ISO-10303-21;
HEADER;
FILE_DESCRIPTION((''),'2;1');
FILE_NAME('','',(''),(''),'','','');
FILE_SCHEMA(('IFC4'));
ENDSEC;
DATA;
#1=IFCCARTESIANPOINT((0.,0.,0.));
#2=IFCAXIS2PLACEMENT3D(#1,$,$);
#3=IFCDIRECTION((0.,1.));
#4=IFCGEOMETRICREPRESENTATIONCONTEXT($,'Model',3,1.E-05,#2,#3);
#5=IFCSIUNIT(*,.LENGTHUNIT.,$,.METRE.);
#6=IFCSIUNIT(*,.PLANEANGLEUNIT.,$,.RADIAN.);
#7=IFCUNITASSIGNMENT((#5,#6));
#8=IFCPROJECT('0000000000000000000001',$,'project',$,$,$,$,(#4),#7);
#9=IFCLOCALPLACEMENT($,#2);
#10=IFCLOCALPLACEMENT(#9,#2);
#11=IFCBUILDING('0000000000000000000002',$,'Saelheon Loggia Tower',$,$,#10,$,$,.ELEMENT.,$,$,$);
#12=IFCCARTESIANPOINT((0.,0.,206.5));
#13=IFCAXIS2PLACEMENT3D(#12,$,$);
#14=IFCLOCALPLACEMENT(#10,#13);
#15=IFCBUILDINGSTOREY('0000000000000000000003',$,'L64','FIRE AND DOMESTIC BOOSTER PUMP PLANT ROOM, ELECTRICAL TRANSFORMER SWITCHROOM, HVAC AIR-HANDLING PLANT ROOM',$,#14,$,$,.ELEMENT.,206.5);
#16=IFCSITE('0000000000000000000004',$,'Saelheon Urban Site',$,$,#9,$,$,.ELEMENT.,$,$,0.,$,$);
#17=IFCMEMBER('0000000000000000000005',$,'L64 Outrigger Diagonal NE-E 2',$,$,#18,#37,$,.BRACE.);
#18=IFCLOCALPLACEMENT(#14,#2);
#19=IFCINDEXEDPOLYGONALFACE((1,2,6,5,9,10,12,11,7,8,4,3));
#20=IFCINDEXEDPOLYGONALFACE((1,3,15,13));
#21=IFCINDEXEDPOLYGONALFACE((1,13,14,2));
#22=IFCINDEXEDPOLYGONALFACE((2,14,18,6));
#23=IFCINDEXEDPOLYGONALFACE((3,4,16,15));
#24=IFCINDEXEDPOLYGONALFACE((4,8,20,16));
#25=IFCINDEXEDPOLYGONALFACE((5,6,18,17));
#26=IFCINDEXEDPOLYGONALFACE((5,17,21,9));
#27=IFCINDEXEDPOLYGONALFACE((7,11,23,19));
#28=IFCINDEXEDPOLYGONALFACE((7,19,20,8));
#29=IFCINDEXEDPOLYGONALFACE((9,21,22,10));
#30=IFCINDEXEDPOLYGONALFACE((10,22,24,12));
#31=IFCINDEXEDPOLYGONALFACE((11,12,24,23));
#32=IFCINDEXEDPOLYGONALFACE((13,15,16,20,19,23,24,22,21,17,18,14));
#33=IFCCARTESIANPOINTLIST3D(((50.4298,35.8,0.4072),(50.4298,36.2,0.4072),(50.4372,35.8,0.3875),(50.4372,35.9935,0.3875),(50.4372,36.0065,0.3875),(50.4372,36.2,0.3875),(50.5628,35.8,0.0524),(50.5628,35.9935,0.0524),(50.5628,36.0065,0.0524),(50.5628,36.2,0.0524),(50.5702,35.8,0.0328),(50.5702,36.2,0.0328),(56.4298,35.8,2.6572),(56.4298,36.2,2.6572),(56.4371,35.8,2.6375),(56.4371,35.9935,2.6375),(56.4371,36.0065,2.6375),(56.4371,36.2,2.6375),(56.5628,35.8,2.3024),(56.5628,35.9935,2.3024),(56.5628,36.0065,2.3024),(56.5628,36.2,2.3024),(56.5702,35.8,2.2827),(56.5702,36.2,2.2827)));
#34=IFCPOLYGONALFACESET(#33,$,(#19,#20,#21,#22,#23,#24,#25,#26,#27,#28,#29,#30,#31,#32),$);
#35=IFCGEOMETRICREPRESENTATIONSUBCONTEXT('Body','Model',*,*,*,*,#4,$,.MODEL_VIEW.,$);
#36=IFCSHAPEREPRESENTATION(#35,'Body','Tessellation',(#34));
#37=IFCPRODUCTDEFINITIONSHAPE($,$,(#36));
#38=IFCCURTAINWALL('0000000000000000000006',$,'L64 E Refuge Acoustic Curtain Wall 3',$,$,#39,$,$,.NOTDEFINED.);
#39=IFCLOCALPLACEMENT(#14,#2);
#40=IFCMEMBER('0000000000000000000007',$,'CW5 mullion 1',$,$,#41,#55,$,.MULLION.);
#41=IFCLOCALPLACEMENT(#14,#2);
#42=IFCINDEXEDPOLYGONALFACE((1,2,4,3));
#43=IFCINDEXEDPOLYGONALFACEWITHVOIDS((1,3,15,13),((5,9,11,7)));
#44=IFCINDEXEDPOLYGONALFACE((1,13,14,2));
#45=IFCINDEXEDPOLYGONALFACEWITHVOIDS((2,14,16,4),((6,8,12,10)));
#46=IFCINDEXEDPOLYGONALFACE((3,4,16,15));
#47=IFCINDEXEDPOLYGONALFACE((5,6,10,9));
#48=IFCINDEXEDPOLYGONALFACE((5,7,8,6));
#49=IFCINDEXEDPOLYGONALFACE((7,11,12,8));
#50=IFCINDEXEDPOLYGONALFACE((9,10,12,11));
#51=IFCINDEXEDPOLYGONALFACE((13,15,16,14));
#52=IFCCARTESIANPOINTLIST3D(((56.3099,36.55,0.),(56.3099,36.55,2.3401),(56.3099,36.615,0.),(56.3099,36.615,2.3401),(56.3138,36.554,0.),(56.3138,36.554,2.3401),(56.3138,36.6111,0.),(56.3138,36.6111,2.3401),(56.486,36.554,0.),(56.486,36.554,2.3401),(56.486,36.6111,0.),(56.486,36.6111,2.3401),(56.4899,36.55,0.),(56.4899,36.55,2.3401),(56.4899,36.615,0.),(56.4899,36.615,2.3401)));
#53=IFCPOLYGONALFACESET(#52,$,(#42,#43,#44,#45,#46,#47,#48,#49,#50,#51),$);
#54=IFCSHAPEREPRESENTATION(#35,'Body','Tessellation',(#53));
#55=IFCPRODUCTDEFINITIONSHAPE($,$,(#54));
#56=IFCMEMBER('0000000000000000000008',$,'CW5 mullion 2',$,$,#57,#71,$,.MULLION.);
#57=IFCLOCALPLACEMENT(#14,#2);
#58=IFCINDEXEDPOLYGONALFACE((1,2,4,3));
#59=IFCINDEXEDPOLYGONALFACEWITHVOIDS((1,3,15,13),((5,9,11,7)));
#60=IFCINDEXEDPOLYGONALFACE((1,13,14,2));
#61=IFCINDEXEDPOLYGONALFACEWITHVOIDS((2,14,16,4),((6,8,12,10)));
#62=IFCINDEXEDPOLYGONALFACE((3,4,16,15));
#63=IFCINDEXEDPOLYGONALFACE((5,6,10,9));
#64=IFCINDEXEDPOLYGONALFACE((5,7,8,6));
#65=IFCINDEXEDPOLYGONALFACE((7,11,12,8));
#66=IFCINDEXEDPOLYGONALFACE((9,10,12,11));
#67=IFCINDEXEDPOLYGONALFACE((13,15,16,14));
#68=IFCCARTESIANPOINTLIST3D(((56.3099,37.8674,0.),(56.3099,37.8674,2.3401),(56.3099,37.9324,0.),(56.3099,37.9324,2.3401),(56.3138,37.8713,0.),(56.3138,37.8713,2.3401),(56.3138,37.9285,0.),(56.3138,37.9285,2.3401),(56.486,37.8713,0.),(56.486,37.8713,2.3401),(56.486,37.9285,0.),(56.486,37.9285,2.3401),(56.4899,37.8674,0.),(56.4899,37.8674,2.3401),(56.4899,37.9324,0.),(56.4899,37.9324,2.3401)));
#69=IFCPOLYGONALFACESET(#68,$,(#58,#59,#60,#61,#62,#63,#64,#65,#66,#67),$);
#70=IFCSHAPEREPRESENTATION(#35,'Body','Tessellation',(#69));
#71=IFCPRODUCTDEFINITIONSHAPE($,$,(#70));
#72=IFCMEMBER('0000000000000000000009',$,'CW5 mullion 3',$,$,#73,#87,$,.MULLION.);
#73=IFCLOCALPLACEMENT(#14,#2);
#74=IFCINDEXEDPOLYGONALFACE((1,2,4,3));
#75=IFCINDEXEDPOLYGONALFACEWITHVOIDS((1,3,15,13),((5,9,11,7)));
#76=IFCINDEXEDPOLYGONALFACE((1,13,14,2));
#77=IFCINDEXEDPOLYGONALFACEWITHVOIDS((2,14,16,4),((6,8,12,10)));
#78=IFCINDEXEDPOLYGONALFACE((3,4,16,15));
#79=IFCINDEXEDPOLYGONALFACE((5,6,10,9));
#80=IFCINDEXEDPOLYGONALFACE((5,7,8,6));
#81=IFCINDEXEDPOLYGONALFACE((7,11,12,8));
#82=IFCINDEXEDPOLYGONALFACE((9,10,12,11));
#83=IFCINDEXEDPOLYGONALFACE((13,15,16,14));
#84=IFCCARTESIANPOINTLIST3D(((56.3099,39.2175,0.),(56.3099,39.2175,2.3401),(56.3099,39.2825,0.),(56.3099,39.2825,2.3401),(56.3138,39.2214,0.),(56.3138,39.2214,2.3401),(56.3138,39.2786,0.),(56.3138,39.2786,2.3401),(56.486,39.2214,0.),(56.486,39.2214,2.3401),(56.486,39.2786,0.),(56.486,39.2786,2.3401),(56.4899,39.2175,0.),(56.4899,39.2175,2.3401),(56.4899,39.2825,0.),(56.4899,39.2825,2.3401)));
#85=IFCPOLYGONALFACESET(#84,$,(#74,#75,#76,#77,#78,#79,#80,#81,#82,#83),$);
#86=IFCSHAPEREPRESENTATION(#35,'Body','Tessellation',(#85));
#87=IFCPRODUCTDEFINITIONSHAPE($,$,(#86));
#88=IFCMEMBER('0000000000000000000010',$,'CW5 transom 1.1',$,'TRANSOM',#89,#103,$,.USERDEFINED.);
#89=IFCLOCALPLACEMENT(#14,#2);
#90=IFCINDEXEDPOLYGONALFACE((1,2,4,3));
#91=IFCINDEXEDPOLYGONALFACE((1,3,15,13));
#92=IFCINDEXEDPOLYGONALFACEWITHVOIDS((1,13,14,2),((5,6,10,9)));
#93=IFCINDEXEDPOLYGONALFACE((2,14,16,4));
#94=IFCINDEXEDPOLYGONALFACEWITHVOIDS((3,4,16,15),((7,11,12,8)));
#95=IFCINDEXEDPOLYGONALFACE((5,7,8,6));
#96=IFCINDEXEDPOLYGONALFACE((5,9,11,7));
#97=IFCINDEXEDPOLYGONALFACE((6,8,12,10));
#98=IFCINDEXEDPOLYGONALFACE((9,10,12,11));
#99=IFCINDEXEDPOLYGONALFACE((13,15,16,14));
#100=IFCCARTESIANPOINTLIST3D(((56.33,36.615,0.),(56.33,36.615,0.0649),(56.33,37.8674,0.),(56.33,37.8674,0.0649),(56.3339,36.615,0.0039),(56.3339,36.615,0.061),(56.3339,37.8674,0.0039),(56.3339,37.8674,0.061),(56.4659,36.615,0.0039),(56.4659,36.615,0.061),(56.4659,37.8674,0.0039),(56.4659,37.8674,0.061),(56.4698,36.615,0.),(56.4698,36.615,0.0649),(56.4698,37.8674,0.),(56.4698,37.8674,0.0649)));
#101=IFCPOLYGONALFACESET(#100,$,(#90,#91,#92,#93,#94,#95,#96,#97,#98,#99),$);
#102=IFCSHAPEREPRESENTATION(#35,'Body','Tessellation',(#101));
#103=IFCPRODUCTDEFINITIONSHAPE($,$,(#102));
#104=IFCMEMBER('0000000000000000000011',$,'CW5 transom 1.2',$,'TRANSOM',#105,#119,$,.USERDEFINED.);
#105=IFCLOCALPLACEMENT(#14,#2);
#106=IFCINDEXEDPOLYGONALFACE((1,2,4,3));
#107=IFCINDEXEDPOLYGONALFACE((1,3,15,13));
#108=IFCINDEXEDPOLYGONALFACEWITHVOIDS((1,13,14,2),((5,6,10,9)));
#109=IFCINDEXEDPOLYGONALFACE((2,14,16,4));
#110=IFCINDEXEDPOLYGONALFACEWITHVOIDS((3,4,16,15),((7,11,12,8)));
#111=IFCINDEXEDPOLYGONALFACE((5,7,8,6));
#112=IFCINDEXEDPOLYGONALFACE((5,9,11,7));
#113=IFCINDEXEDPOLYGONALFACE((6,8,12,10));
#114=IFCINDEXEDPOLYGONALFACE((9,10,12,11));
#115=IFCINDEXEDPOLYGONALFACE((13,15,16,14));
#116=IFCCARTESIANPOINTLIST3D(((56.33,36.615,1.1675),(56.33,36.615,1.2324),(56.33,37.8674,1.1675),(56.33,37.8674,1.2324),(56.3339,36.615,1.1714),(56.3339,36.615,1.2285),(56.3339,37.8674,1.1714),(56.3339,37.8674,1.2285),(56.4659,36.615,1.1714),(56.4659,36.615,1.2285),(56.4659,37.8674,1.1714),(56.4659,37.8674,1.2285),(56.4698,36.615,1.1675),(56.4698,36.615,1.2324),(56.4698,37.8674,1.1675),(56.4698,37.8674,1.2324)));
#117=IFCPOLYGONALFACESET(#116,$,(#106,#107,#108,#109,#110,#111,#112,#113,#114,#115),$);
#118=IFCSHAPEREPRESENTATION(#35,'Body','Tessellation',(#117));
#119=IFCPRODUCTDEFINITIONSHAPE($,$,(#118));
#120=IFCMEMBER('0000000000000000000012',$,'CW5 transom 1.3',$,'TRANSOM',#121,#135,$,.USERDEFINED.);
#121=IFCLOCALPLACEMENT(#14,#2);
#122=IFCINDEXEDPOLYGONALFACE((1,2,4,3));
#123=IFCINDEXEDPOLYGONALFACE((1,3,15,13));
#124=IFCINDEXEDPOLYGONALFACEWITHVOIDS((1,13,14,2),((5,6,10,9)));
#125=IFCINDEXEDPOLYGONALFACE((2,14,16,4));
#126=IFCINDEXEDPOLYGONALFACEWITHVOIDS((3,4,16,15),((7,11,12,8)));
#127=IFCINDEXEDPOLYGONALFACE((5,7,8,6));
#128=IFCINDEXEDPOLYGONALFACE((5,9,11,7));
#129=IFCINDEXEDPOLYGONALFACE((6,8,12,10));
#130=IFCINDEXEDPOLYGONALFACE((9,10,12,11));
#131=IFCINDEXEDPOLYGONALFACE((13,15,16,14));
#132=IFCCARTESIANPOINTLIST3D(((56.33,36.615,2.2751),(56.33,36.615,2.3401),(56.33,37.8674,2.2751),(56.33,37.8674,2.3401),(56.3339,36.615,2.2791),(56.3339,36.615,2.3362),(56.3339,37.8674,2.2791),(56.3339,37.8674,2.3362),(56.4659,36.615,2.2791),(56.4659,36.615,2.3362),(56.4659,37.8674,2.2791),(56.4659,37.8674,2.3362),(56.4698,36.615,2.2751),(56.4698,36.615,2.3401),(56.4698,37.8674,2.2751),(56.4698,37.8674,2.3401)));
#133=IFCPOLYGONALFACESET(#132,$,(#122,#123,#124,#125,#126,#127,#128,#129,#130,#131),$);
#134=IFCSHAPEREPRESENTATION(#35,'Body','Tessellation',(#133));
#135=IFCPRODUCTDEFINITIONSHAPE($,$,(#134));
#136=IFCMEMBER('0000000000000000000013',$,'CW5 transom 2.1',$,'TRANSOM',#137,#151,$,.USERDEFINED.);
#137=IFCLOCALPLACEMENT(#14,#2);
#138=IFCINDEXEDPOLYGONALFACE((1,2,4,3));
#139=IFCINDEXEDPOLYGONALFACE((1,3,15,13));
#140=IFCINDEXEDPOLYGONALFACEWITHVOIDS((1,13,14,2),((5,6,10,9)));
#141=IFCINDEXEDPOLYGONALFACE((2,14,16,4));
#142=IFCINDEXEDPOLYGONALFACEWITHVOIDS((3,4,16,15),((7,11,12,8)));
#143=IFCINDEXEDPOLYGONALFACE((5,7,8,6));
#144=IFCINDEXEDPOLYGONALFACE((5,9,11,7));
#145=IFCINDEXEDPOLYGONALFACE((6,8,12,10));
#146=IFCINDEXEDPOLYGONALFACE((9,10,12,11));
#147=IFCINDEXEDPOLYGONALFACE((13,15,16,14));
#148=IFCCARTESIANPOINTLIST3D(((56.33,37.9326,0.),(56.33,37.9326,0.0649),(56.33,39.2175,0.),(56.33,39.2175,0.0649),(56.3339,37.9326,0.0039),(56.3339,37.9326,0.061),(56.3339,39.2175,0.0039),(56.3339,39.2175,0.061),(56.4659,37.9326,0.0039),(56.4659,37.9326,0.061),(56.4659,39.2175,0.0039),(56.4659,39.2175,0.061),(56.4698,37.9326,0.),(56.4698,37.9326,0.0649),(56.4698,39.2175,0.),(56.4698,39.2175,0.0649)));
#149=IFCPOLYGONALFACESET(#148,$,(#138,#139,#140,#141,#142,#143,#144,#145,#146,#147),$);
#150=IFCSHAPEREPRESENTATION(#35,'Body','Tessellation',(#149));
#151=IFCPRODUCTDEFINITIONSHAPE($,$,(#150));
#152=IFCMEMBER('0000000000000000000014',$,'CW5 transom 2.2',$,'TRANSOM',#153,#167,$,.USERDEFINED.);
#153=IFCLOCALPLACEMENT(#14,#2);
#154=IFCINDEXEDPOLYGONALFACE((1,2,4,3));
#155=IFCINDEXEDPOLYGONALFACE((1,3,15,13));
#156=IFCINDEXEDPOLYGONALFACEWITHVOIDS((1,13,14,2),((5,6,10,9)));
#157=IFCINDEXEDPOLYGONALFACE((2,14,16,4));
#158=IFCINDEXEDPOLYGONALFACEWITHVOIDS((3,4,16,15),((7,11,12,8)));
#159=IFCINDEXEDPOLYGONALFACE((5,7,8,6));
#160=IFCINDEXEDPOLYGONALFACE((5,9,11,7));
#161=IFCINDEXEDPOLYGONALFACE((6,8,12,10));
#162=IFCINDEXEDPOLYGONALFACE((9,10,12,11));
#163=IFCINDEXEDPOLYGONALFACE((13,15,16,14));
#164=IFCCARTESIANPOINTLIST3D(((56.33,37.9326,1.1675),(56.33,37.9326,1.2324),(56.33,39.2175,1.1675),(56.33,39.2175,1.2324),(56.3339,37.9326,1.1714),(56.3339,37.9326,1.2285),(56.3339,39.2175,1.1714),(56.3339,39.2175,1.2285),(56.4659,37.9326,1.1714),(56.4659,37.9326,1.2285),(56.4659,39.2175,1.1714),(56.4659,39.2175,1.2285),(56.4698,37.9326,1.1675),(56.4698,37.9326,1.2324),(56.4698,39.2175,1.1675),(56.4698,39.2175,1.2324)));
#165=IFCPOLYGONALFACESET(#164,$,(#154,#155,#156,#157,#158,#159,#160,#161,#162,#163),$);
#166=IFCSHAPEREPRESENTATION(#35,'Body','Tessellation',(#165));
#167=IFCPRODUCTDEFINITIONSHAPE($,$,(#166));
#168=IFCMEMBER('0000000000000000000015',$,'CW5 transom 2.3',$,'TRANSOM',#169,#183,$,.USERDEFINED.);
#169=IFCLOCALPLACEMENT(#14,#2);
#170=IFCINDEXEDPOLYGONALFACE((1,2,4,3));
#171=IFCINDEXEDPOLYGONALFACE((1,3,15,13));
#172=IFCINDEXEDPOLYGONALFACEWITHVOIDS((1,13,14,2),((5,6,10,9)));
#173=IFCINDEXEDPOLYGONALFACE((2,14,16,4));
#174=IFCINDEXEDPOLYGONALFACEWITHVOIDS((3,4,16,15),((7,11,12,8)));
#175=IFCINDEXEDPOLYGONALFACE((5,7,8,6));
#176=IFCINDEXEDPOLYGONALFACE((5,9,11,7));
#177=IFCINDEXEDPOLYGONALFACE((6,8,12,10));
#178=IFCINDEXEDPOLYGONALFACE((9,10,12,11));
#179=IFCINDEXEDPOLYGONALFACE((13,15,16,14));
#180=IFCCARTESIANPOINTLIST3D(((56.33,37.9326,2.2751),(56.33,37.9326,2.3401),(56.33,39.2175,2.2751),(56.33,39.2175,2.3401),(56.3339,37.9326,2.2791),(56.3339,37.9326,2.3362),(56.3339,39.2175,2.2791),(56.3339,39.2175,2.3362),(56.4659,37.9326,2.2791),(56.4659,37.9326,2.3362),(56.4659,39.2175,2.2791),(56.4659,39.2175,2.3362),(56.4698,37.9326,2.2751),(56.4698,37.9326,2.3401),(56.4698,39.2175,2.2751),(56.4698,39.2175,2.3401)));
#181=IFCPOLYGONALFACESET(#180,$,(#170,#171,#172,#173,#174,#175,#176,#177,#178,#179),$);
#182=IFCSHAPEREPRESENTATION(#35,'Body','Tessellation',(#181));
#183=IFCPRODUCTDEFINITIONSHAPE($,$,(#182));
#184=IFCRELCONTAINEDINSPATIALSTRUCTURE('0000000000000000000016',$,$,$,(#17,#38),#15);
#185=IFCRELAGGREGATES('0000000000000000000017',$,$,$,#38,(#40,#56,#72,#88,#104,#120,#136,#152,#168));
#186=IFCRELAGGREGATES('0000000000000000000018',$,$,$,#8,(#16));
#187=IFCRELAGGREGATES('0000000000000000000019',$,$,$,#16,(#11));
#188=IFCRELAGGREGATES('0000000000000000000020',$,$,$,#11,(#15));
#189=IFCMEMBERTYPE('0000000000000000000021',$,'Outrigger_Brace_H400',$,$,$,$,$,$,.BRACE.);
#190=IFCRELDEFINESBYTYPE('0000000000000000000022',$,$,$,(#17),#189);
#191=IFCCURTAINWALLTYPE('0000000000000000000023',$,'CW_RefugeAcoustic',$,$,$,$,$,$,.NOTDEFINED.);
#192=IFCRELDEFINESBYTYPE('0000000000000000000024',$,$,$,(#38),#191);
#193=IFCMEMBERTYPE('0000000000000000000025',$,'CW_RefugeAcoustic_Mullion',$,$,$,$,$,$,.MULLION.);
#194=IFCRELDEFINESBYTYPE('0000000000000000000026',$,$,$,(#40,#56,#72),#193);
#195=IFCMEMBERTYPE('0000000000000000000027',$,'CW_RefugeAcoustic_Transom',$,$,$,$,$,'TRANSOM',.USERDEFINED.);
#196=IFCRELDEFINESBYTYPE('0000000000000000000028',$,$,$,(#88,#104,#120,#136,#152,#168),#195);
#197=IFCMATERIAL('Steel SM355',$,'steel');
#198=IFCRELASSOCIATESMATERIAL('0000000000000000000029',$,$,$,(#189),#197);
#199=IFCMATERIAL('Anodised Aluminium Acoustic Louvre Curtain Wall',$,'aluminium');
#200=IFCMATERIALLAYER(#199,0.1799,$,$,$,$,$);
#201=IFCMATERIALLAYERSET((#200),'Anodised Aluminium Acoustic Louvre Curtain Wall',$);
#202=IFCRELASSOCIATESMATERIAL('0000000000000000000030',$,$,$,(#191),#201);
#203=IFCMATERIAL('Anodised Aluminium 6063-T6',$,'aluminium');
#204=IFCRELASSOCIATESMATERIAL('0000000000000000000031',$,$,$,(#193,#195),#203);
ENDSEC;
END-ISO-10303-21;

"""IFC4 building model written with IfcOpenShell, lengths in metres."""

from ifc_helpers import new_model, si_unit, direction, frame, origin, origin_2d, place, context, subcontext, project, spatial, hollow_rectangle, i_section, extrude, source, transform, mapped, material, layer, layer_set, material_profile, profile_set, type_object, element, aggregate, save


model = new_model("IFC4")

# Units and contexts
model_context = context("Model", 3, precision=1e-05, world=origin(), true_north=direction((0.0, 1.0)))
body_context = subcontext(model_context, "Body", "Model", "MODEL_VIEW")
ifc_project = project(units=[si_unit("LENGTHUNIT", "METRE"), si_unit("PLANEANGLEUNIT", "RADIAN")], contexts=[model_context])

# Site, building, storey
site_placement = place(None, origin())
site = spatial("IfcSite", under=ifc_project, at=site_placement, Name="Saelheon Urban Site", CompositionType="ELEMENT", RefElevation=0.0)
building_placement = place(site_placement, origin())
building = spatial("IfcBuilding", under=site, at=building_placement, Name="Saelheon Loggia Tower", CompositionType="ELEMENT")
storey_placement = place(building_placement, frame((0.0, 0.0, 206.5)))
storey = spatial("IfcBuildingStorey", under=building, at=storey_placement, Name="L64", Description="FIRE AND DOMESTIC BOOSTER PUMP PLANT ROOM, ELECTRICAL TRANSFORMER SWITCHROOM, HVAC AIR-HANDLING PLANT ROOM", CompositionType="ELEMENT", Elevation=206.5)

# Member
ifc_material_1 = material(Name="Steel SM355", Category="steel")
ifc_material_profile_1 = material_profile(ifc_material_1, i_section(OverallWidth=0.3999, OverallDepth=0.3999, WebThickness=0.0129, FlangeThickness=0.021, at=origin_2d()), Name="H-400x400x13x21")
ifc_profile_set_1 = profile_set([ifc_material_profile_1], Name="Steel SM355")
member_type_1 = type_object("IfcMemberType", Name="Outrigger_Brace_H400", PredefinedType="BRACE", material=ifc_profile_set_1)
shared_shape_1 = source(origin(), body_context, "Body", "SweptSolid", [
    extrude(i_section(OverallWidth=0.3999, OverallDepth=0.3999, WebThickness=0.0129, FlangeThickness=0.021, at=origin_2d()), origin(), (0.0, 0.0, 1.0), 6.408),
])
member_1_placement = place(storey_placement, frame((50.5, 36.0, 0.22), z_axis=(0.936329, 0.0, 0.351123), x_axis=(0.0, 1.0, 0.0)))
element("IfcMember", 1, at=member_1_placement, inside=storey, type_object=member_type_1, Name="L64 Outrigger Diagonal NE-E 2", PredefinedType="BRACE", context=body_context, shape_type="MappedRepresentation", body=[
    mapped(shared_shape_1, transform((0.0, 0.0, 0.0), scale=1.0)),
])

# Curtain wall, members
ifc_material_2 = material(Name="Anodised Aluminium Acoustic Louvre Curtain Wall", Category="aluminium")
ifc_layer_1 = layer(ifc_material_2, 0.1799)
ifc_layer_set_1 = layer_set([ifc_layer_1], Name="Anodised Aluminium Acoustic Louvre Curtain Wall")
curtain_wall_type = type_object("IfcCurtainWallType", Name="CW_RefugeAcoustic", PredefinedType="NOTDEFINED", material=ifc_layer_set_1)
curtain_wall_placement = place(storey_placement, origin())
curtain_wall = element("IfcCurtainWall", 2, at=curtain_wall_placement, inside=storey, type_object=curtain_wall_type, Name="L64 E Refuge Acoustic Curtain Wall 3", PredefinedType="NOTDEFINED")
ifc_material_3 = material(Name="Anodised Aluminium 6063-T6", Category="aluminium")
ifc_material_profile_2 = material_profile(ifc_material_3, hollow_rectangle(XDim=0.0649, YDim=0.1799, WallThickness=0.0039, at=origin_2d()), Name="RHS-180x65x4")
ifc_profile_set_2 = profile_set([ifc_material_profile_2], Name="Anodised Aluminium 6063-T6")
member_type_2 = type_object("IfcMemberType", Name="CW_RefugeAcoustic_Mullion", PredefinedType="MULLION", material=ifc_profile_set_2)
shared_shape_2 = source(origin(), body_context, "Body", "SweptSolid", [
    extrude(hollow_rectangle(XDim=0.0649, YDim=0.1799, WallThickness=0.0039, at=origin_2d()), origin(), (0.0, 0.0, 1.0), 2.3401),
])
member_2_placement = place(storey_placement, frame((56.3999, 36.5825, 0.0), z_axis=(0.0, 0.0, 1.0), x_axis=(0.0, 1.0, 0.0)))
member_2 = element("IfcMember", 3, at=member_2_placement, type_object=member_type_2, Name="CW5 mullion 1", PredefinedType="MULLION", context=body_context, shape_type="MappedRepresentation", body=[
    mapped(shared_shape_2, transform((0.0, 0.0, 0.0), scale=1.0)),
])
member_3_placement = place(storey_placement, frame((56.3999, 37.8999, 0.0), z_axis=(0.0, 0.0, 1.0), x_axis=(0.0, 1.0, 0.0)))
member_3 = element("IfcMember", 4, at=member_3_placement, type_object=member_type_2, Name="CW5 mullion 2", PredefinedType="MULLION", context=body_context, shape_type="MappedRepresentation", body=[
    mapped(shared_shape_2, transform((0.0, 0.0, 0.0), scale=1.0)),
])
member_4_placement = place(storey_placement, frame((56.3999, 39.25, 0.0), z_axis=(0.0, 0.0, 1.0), x_axis=(0.0, 1.0, 0.0)))
member_4 = element("IfcMember", 5, at=member_4_placement, type_object=member_type_2, Name="CW5 mullion 3", PredefinedType="MULLION", context=body_context, shape_type="MappedRepresentation", body=[
    mapped(shared_shape_2, transform((0.0, 0.0, 0.0), scale=1.0)),
])
ifc_material_profile_3 = material_profile(ifc_material_3, hollow_rectangle(XDim=0.0649, YDim=0.1399, WallThickness=0.0039, at=origin_2d()), Name="RHS-140x65x4")
ifc_profile_set_3 = profile_set([ifc_material_profile_3], Name="Anodised Aluminium 6063-T6")
member_type_3 = type_object("IfcMemberType", Name="CW_RefugeAcoustic_Transom", ElementType="TRANSOM", PredefinedType="USERDEFINED", material=ifc_profile_set_3)
shared_shape_3 = source(origin(), body_context, "Body", "SweptSolid", [
    extrude(hollow_rectangle(XDim=0.0649, YDim=0.1399, WallThickness=0.0039, at=origin_2d()), origin(), (0.0, 0.0, 1.0), 1.2524),
])
member_5_placement = place(storey_placement, frame((56.3999, 36.615, 0.0325), z_axis=(0.0, 1.0, 0.0), x_axis=(0.0, 0.0, 1.0)))
member_5 = element("IfcMember", 6, at=member_5_placement, type_object=member_type_3, Name="CW5 transom 1.1", ObjectType="TRANSOM", PredefinedType="USERDEFINED", context=body_context, shape_type="MappedRepresentation", body=[
    mapped(shared_shape_3, transform((0.0, 0.0, 0.0), scale=1.0)),
])
member_6_placement = place(storey_placement, frame((56.3999, 36.615, 1.2), z_axis=(0.0, 1.0, 0.0), x_axis=(0.0, 0.0, 1.0)))
member_6 = element("IfcMember", 7, at=member_6_placement, type_object=member_type_3, Name="CW5 transom 1.2", ObjectType="TRANSOM", PredefinedType="USERDEFINED", context=body_context, shape_type="MappedRepresentation", body=[
    mapped(shared_shape_3, transform((0.0, 0.0, 0.0), scale=1.0)),
])
member_7_placement = place(storey_placement, frame((56.3999, 36.615, 2.3076), z_axis=(0.0, 1.0, 0.0), x_axis=(0.0, 0.0, 1.0)))
member_7 = element("IfcMember", 8, at=member_7_placement, type_object=member_type_3, Name="CW5 transom 1.3", ObjectType="TRANSOM", PredefinedType="USERDEFINED", context=body_context, shape_type="MappedRepresentation", body=[
    mapped(shared_shape_3, transform((0.0, 0.0, 0.0), scale=1.0)),
])
shared_shape_4 = source(origin(), body_context, "Body", "SweptSolid", [
    extrude(hollow_rectangle(XDim=0.0649, YDim=0.1399, WallThickness=0.0039, at=origin_2d()), origin(), (0.0, 0.0, 1.0), 1.2849),
])
member_8_placement = place(storey_placement, frame((56.3999, 37.9326, 0.0325), z_axis=(0.0, 1.0, 0.0), x_axis=(0.0, 0.0, 1.0)))
member_8 = element("IfcMember", 9, at=member_8_placement, type_object=member_type_3, Name="CW5 transom 2.1", ObjectType="TRANSOM", PredefinedType="USERDEFINED", context=body_context, shape_type="MappedRepresentation", body=[
    mapped(shared_shape_4, transform((0.0, 0.0, 0.0), scale=1.0)),
])
member_9_placement = place(storey_placement, frame((56.3999, 37.9326, 1.2), z_axis=(0.0, 1.0, 0.0), x_axis=(0.0, 0.0, 1.0)))
member_9 = element("IfcMember", 10, at=member_9_placement, type_object=member_type_3, Name="CW5 transom 2.2", ObjectType="TRANSOM", PredefinedType="USERDEFINED", context=body_context, shape_type="MappedRepresentation", body=[
    mapped(shared_shape_4, transform((0.0, 0.0, 0.0), scale=1.0)),
])
member_10_placement = place(storey_placement, frame((56.3999, 37.9326, 2.3076), z_axis=(0.0, 1.0, 0.0), x_axis=(0.0, 0.0, 1.0)))
member_10 = element("IfcMember", 11, at=member_10_placement, type_object=member_type_3, Name="CW5 transom 2.3", ObjectType="TRANSOM", PredefinedType="USERDEFINED", context=body_context, shape_type="MappedRepresentation", body=[
    mapped(shared_shape_4, transform((0.0, 0.0, 0.0), scale=1.0)),
])

aggregate(curtain_wall, [member_2, member_3, member_4, member_5, member_6, member_7, member_8, member_9, member_10])

save(model, "model.ifc")
